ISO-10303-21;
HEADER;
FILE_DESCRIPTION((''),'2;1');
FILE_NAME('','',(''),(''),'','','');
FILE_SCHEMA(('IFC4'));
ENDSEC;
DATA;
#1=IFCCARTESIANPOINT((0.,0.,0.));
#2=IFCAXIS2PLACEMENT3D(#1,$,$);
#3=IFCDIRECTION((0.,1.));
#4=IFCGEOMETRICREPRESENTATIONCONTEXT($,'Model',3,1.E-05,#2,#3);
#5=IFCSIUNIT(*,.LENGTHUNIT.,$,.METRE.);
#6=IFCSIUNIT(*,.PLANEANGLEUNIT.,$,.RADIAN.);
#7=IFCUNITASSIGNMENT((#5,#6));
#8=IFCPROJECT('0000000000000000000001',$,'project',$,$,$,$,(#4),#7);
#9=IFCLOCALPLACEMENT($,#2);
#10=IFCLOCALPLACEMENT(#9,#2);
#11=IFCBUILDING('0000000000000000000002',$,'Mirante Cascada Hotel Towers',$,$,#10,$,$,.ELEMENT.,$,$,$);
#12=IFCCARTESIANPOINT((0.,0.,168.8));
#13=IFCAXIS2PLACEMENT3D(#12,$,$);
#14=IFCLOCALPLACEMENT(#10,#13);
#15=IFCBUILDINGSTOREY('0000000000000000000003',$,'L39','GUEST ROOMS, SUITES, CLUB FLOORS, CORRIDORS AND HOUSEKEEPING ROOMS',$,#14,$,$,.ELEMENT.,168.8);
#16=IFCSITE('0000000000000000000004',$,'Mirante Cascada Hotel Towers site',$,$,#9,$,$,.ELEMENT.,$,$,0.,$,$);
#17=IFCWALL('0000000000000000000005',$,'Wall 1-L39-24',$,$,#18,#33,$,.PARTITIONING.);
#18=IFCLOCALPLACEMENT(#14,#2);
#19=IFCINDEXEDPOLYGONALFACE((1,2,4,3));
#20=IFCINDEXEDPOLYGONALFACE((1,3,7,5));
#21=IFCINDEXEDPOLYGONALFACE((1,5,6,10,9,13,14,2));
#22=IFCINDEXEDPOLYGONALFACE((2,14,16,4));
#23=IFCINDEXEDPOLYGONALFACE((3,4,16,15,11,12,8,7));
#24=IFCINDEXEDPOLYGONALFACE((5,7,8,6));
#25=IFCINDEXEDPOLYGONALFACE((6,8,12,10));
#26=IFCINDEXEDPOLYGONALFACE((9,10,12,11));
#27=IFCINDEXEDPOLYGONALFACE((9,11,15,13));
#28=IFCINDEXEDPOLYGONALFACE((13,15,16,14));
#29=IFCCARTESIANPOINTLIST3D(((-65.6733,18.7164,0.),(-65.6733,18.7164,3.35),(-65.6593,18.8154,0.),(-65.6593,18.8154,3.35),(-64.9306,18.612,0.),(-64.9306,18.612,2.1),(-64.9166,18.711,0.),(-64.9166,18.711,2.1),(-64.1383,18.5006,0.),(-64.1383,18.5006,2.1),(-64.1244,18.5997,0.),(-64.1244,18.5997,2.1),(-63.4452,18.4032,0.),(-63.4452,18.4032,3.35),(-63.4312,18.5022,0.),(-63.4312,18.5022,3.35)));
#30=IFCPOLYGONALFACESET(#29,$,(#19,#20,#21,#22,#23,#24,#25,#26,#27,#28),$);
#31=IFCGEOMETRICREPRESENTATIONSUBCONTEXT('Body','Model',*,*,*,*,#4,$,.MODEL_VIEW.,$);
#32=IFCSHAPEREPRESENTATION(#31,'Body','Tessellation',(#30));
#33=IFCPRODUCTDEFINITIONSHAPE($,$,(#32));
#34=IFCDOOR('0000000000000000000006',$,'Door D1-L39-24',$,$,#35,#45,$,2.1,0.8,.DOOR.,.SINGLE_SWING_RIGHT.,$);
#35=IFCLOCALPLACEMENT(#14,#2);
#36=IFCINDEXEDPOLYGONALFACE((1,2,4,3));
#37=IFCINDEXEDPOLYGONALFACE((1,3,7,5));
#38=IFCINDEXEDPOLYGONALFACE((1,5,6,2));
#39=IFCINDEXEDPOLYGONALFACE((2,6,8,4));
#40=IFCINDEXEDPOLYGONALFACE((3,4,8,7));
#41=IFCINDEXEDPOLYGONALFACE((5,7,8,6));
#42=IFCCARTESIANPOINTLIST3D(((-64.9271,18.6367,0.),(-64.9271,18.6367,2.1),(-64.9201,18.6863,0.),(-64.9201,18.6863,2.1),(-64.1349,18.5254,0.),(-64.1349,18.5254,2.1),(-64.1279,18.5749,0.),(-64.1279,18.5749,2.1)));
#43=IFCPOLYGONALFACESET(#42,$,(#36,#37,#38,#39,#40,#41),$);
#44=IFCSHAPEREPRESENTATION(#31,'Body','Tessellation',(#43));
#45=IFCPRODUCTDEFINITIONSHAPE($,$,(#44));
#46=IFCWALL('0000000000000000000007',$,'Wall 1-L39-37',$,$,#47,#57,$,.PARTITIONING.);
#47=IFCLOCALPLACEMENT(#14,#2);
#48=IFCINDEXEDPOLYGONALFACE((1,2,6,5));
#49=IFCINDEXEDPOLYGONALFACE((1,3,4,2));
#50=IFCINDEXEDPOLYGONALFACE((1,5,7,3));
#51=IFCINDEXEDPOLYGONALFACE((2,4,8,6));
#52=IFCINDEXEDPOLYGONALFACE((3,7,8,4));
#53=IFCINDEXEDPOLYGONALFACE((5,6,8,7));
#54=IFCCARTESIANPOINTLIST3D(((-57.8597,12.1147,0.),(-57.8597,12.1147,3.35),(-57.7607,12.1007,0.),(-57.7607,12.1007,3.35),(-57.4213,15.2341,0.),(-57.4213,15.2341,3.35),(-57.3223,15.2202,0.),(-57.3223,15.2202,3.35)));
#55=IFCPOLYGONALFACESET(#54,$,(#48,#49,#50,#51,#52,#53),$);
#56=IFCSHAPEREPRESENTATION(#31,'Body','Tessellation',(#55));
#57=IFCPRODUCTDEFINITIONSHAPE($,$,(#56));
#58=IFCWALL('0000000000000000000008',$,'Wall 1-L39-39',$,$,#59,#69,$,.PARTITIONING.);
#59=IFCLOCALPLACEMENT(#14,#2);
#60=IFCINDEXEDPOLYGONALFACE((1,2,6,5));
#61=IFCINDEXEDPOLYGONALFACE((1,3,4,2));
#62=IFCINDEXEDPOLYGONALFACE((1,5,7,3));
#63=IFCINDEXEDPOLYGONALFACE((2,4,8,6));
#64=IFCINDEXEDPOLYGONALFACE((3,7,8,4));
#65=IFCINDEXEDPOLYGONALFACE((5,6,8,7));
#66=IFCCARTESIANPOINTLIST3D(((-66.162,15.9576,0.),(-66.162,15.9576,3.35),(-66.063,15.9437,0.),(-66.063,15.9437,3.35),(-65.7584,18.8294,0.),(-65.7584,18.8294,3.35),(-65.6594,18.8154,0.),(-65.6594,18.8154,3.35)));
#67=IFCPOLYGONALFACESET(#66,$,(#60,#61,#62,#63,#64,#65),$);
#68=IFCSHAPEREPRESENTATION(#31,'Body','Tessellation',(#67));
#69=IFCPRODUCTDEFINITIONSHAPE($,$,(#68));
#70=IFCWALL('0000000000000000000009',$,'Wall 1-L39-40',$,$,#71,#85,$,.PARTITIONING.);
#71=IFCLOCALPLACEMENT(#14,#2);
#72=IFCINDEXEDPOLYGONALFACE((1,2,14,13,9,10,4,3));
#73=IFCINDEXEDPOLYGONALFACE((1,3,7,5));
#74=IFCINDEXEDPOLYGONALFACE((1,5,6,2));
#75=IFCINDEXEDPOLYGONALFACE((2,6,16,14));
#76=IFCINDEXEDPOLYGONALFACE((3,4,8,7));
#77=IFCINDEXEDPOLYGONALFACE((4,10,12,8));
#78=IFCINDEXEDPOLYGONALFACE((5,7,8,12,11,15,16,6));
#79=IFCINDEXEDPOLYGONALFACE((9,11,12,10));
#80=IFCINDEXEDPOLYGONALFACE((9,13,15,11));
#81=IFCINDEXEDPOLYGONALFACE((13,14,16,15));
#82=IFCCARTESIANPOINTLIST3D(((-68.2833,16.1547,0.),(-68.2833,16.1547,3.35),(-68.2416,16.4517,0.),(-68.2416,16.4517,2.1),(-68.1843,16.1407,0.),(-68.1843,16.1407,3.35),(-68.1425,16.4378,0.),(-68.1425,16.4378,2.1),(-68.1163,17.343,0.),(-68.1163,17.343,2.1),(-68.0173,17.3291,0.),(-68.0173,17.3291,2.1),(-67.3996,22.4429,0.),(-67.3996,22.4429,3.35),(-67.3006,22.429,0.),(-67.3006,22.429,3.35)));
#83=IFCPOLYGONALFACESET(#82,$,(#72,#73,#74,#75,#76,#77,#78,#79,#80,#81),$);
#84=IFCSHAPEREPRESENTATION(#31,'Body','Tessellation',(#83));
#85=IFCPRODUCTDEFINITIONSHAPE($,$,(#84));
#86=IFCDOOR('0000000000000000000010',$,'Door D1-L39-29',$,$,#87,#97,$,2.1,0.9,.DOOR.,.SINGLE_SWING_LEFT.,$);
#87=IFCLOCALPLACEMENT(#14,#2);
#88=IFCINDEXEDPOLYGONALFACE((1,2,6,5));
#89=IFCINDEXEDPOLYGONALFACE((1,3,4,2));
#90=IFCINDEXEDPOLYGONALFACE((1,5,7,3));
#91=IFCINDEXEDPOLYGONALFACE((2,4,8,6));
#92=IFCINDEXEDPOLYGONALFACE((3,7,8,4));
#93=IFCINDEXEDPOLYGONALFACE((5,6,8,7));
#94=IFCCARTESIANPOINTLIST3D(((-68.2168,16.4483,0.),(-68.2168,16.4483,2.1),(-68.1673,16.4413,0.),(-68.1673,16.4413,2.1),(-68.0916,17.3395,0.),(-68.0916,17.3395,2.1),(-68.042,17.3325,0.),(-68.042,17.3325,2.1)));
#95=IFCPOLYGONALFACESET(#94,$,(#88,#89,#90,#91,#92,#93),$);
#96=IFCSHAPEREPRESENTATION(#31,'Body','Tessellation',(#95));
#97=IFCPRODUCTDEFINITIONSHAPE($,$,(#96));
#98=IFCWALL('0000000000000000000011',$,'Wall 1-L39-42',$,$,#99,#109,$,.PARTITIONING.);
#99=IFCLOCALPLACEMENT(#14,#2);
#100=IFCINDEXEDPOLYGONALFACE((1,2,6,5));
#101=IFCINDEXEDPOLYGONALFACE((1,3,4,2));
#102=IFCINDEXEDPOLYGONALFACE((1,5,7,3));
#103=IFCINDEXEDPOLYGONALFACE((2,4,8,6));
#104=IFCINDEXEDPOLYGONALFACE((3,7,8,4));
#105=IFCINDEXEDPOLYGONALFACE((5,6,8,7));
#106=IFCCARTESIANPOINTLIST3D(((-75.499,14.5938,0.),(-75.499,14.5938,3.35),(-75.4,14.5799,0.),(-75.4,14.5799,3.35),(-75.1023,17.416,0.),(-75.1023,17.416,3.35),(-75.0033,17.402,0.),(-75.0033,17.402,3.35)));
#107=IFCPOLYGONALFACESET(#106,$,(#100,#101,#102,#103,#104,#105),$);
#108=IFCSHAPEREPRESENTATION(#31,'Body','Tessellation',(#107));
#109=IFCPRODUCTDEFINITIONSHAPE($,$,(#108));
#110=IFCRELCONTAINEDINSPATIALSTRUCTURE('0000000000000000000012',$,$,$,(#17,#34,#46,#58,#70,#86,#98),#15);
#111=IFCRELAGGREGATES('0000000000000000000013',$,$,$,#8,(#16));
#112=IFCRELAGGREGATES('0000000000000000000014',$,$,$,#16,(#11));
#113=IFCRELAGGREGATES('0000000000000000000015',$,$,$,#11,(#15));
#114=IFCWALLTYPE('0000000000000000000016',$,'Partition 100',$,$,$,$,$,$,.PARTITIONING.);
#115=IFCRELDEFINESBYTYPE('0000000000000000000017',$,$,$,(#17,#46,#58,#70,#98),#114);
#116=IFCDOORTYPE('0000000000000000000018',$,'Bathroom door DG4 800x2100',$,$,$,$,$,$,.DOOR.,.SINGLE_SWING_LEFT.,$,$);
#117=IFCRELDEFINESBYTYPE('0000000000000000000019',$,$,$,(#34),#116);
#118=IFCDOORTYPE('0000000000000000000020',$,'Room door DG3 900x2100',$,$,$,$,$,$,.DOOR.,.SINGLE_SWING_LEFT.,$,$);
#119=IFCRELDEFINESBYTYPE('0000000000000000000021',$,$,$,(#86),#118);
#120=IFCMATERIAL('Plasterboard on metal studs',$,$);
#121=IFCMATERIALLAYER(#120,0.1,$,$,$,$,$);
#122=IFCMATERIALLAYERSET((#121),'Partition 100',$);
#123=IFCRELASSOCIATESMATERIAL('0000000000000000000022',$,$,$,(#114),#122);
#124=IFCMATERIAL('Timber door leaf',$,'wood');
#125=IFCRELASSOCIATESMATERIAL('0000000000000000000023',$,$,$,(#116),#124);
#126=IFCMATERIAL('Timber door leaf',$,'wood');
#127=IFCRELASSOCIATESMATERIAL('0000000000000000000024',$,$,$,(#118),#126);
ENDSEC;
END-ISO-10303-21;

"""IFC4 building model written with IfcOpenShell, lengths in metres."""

from ifc_helpers import new_model, si_unit, direction, frame, frame_2d, origin, place, context, subcontext, project, spatial, rectangle, extrude, material, layer, layer_set, type_object, element, fill, save


model = new_model("IFC4")

# Units and contexts
model_context = context("Model", 3, precision=1e-05, world=origin(), true_north=direction((0.0, 1.0)))
body_context = subcontext(model_context, "Body", "Model", "MODEL_VIEW")
ifc_project = project(units=[si_unit("LENGTHUNIT", "METRE"), si_unit("PLANEANGLEUNIT", "RADIAN")], contexts=[model_context])

# Site, building, storey
site_placement = place(None, origin())
site = spatial("IfcSite", under=ifc_project, at=site_placement, Name="Mirante Cascada Hotel Towers site", CompositionType="ELEMENT", RefElevation=0.0)
building_placement = place(site_placement, origin())
building = spatial("IfcBuilding", under=site, at=building_placement, Name="Mirante Cascada Hotel Towers", CompositionType="ELEMENT")
storey_placement = place(building_placement, frame((0.0, 0.0, 168.8)))
storey = spatial("IfcBuildingStorey", under=building, at=storey_placement, Name="L39", Description="GUEST ROOMS, SUITES, CLUB FLOORS, CORRIDORS AND HOUSEKEEPING ROOMS", CompositionType="ELEMENT", Elevation=168.8)

# Shared definitions
ifc_material_1 = material(Name="Plasterboard on metal studs")
ifc_layer_1 = layer(ifc_material_1, 0.1)
ifc_layer_set_1 = layer_set([ifc_layer_1], Name="Partition 100")
wall_type_1 = type_object("IfcWallType", Name="Partition 100", PredefinedType="PARTITIONING", material=ifc_layer_set_1)

# Wall, opening, door
ifc_material_2 = material(Name="Timber door leaf", Category="wood")
door_type_1 = type_object("IfcDoorType", Name="Bathroom door DG4 800x2100", OperationType="SINGLE_SWING_LEFT", PredefinedType="DOOR", material=ifc_material_2)
ifc_material_3 = material(Name="Timber door leaf", Category="wood")
door_type_2 = type_object("IfcDoorType", Name="Room door DG3 900x2100", OperationType="SINGLE_SWING_LEFT", PredefinedType="DOOR", material=ifc_material_3)
wall_1_placement = place(storey_placement, frame((-63.4382, 18.4527, 0.0), z_axis=(0.0, 0.0, 1.0), x_axis=(-0.990264, 0.1392, 0.0)))
wall_1 = element("IfcWall", 1, at=wall_1_placement, inside=storey, type_object=wall_type_1, Name="Wall 1-L39-24", PredefinedType="PARTITIONING", context=body_context, shape_type="SweptSolid", body=[
    extrude(rectangle(XDim=2.25, YDim=0.1, at=frame_2d((1.125, 0.0))), origin(), (0.0, 0.0, 1.0), 3.35),
])
opening_1_placement = place(wall_1_placement, frame((0.7, 0.0, 0.0)))
opening_1 = element("IfcOpeningElement", 2, at=opening_1_placement, cuts=wall_1, PredefinedType="OPENING", context=body_context, shape_type="SweptSolid", body=[
    extrude(rectangle(XDim=0.8, YDim=2.1, at=frame_2d((0.4, 1.05))), frame((0.0, 0.05, 0.0), z_axis=(0.0, -1.0, 0.0), x_axis=(1.0, 0.0, 0.0)), (0.0, 0.0, 1.0), 0.1),
])
door_1_placement = place(opening_1_placement, frame((0.8, 0.0, 0.0), z_axis=(0.0, 0.0, 1.0), x_axis=(-1.0, 0.0, 0.0)))
door_1 = element("IfcDoor", 3, at=door_1_placement, inside=storey, type_object=door_type_1, Name="Door D1-L39-24", OperationType="SINGLE_SWING_RIGHT", OverallHeight=2.1, OverallWidth=0.8, PredefinedType="DOOR", context=body_context, shape_type="SweptSolid", body=[
    extrude(rectangle(XDim=0.8, YDim=2.1, at=frame_2d((0.4, 1.05))), frame((0.0, 0.025, 0.0), z_axis=(0.0, -1.0, 0.0), x_axis=(1.0, 0.0, 0.0)), (0.0, 0.0, 1.0), 0.05),
])
fill(opening_1, door_1)

# Walls
wall_2_placement = place(storey_placement, frame((-57.3718, 15.2271, 0.0), z_axis=(0.0, 0.0, 1.0), x_axis=(-0.139172, -0.990268, 0.0)))
element("IfcWall", 4, at=wall_2_placement, inside=storey, type_object=wall_type_1, Name="Wall 1-L39-37", PredefinedType="PARTITIONING", context=body_context, shape_type="SweptSolid", body=[
    extrude(rectangle(XDim=3.1501, YDim=0.1, at=frame_2d((1.575, 0.0))), origin(), (0.0, 0.0, 1.0), 3.35),
])
wall_3_placement = place(storey_placement, frame((-65.7089, 18.8224, 0.0), z_axis=(0.0, 0.0, 1.0), x_axis=(-0.139171, -0.990268, 0.0)))
element("IfcWall", 5, at=wall_3_placement, inside=storey, type_object=wall_type_1, Name="Wall 1-L39-39", PredefinedType="PARTITIONING", context=body_context, shape_type="SweptSolid", body=[
    extrude(rectangle(XDim=2.9, YDim=0.1, at=frame_2d((1.45, 0.0))), origin(), (0.0, 0.0, 1.0), 3.35),
])

# Wall, opening, door
wall_4_placement = place(storey_placement, frame((-68.2338, 16.1477, 0.0), z_axis=(0.0, 0.0, 1.0), x_axis=(0.139166, 0.990269, 0.0)))
wall_4 = element("IfcWall", 6, at=wall_4_placement, inside=storey, type_object=wall_type_1, Name="Wall 1-L39-40", PredefinedType="PARTITIONING", context=body_context, shape_type="SweptSolid", body=[
    extrude(rectangle(XDim=6.35, YDim=0.1, at=frame_2d((3.175, 0.0))), origin(), (0.0, 0.0, 1.0), 3.35),
])
opening_2_placement = place(wall_4_placement, frame((0.3, 0.0, 0.0)))
opening_2 = element("IfcOpeningElement", 7, at=opening_2_placement, cuts=wall_4, PredefinedType="OPENING", context=body_context, shape_type="SweptSolid", body=[
    extrude(rectangle(XDim=0.9, YDim=2.1, at=frame_2d((0.45, 1.05))), frame((0.0, 0.05, 0.0), z_axis=(0.0, -1.0, 0.0), x_axis=(1.0, 0.0, 0.0)), (0.0, 0.0, 1.0), 0.1),
])
door_2_placement = place(opening_2_placement, origin())
door_2 = element("IfcDoor", 8, at=door_2_placement, inside=storey, type_object=door_type_2, Name="Door D1-L39-29", OperationType="SINGLE_SWING_LEFT", OverallHeight=2.1, OverallWidth=0.9, PredefinedType="DOOR", context=body_context, shape_type="SweptSolid", body=[
    extrude(rectangle(XDim=0.9, YDim=2.1, at=frame_2d((0.45, 1.05))), frame((0.0, 0.025, 0.0), z_axis=(0.0, -1.0, 0.0), x_axis=(1.0, 0.0, 0.0)), (0.0, 0.0, 1.0), 0.05),
])
fill(opening_2, door_2)

# Wall
wall_5_placement = place(storey_placement, frame((-75.4495, 14.5868, 0.0), z_axis=(0.0, 0.0, 1.0), x_axis=(0.139196, 0.990265, 0.0)))
element("IfcWall", 9, at=wall_5_placement, inside=storey, type_object=wall_type_1, Name="Wall 1-L39-42", PredefinedType="PARTITIONING", context=body_context, shape_type="SweptSolid", body=[
    extrude(rectangle(XDim=2.8499, YDim=0.1, at=frame_2d((1.425, 0.0))), origin(), (0.0, 0.0, 1.0), 3.35),
])

save(model, "model.ifc")
